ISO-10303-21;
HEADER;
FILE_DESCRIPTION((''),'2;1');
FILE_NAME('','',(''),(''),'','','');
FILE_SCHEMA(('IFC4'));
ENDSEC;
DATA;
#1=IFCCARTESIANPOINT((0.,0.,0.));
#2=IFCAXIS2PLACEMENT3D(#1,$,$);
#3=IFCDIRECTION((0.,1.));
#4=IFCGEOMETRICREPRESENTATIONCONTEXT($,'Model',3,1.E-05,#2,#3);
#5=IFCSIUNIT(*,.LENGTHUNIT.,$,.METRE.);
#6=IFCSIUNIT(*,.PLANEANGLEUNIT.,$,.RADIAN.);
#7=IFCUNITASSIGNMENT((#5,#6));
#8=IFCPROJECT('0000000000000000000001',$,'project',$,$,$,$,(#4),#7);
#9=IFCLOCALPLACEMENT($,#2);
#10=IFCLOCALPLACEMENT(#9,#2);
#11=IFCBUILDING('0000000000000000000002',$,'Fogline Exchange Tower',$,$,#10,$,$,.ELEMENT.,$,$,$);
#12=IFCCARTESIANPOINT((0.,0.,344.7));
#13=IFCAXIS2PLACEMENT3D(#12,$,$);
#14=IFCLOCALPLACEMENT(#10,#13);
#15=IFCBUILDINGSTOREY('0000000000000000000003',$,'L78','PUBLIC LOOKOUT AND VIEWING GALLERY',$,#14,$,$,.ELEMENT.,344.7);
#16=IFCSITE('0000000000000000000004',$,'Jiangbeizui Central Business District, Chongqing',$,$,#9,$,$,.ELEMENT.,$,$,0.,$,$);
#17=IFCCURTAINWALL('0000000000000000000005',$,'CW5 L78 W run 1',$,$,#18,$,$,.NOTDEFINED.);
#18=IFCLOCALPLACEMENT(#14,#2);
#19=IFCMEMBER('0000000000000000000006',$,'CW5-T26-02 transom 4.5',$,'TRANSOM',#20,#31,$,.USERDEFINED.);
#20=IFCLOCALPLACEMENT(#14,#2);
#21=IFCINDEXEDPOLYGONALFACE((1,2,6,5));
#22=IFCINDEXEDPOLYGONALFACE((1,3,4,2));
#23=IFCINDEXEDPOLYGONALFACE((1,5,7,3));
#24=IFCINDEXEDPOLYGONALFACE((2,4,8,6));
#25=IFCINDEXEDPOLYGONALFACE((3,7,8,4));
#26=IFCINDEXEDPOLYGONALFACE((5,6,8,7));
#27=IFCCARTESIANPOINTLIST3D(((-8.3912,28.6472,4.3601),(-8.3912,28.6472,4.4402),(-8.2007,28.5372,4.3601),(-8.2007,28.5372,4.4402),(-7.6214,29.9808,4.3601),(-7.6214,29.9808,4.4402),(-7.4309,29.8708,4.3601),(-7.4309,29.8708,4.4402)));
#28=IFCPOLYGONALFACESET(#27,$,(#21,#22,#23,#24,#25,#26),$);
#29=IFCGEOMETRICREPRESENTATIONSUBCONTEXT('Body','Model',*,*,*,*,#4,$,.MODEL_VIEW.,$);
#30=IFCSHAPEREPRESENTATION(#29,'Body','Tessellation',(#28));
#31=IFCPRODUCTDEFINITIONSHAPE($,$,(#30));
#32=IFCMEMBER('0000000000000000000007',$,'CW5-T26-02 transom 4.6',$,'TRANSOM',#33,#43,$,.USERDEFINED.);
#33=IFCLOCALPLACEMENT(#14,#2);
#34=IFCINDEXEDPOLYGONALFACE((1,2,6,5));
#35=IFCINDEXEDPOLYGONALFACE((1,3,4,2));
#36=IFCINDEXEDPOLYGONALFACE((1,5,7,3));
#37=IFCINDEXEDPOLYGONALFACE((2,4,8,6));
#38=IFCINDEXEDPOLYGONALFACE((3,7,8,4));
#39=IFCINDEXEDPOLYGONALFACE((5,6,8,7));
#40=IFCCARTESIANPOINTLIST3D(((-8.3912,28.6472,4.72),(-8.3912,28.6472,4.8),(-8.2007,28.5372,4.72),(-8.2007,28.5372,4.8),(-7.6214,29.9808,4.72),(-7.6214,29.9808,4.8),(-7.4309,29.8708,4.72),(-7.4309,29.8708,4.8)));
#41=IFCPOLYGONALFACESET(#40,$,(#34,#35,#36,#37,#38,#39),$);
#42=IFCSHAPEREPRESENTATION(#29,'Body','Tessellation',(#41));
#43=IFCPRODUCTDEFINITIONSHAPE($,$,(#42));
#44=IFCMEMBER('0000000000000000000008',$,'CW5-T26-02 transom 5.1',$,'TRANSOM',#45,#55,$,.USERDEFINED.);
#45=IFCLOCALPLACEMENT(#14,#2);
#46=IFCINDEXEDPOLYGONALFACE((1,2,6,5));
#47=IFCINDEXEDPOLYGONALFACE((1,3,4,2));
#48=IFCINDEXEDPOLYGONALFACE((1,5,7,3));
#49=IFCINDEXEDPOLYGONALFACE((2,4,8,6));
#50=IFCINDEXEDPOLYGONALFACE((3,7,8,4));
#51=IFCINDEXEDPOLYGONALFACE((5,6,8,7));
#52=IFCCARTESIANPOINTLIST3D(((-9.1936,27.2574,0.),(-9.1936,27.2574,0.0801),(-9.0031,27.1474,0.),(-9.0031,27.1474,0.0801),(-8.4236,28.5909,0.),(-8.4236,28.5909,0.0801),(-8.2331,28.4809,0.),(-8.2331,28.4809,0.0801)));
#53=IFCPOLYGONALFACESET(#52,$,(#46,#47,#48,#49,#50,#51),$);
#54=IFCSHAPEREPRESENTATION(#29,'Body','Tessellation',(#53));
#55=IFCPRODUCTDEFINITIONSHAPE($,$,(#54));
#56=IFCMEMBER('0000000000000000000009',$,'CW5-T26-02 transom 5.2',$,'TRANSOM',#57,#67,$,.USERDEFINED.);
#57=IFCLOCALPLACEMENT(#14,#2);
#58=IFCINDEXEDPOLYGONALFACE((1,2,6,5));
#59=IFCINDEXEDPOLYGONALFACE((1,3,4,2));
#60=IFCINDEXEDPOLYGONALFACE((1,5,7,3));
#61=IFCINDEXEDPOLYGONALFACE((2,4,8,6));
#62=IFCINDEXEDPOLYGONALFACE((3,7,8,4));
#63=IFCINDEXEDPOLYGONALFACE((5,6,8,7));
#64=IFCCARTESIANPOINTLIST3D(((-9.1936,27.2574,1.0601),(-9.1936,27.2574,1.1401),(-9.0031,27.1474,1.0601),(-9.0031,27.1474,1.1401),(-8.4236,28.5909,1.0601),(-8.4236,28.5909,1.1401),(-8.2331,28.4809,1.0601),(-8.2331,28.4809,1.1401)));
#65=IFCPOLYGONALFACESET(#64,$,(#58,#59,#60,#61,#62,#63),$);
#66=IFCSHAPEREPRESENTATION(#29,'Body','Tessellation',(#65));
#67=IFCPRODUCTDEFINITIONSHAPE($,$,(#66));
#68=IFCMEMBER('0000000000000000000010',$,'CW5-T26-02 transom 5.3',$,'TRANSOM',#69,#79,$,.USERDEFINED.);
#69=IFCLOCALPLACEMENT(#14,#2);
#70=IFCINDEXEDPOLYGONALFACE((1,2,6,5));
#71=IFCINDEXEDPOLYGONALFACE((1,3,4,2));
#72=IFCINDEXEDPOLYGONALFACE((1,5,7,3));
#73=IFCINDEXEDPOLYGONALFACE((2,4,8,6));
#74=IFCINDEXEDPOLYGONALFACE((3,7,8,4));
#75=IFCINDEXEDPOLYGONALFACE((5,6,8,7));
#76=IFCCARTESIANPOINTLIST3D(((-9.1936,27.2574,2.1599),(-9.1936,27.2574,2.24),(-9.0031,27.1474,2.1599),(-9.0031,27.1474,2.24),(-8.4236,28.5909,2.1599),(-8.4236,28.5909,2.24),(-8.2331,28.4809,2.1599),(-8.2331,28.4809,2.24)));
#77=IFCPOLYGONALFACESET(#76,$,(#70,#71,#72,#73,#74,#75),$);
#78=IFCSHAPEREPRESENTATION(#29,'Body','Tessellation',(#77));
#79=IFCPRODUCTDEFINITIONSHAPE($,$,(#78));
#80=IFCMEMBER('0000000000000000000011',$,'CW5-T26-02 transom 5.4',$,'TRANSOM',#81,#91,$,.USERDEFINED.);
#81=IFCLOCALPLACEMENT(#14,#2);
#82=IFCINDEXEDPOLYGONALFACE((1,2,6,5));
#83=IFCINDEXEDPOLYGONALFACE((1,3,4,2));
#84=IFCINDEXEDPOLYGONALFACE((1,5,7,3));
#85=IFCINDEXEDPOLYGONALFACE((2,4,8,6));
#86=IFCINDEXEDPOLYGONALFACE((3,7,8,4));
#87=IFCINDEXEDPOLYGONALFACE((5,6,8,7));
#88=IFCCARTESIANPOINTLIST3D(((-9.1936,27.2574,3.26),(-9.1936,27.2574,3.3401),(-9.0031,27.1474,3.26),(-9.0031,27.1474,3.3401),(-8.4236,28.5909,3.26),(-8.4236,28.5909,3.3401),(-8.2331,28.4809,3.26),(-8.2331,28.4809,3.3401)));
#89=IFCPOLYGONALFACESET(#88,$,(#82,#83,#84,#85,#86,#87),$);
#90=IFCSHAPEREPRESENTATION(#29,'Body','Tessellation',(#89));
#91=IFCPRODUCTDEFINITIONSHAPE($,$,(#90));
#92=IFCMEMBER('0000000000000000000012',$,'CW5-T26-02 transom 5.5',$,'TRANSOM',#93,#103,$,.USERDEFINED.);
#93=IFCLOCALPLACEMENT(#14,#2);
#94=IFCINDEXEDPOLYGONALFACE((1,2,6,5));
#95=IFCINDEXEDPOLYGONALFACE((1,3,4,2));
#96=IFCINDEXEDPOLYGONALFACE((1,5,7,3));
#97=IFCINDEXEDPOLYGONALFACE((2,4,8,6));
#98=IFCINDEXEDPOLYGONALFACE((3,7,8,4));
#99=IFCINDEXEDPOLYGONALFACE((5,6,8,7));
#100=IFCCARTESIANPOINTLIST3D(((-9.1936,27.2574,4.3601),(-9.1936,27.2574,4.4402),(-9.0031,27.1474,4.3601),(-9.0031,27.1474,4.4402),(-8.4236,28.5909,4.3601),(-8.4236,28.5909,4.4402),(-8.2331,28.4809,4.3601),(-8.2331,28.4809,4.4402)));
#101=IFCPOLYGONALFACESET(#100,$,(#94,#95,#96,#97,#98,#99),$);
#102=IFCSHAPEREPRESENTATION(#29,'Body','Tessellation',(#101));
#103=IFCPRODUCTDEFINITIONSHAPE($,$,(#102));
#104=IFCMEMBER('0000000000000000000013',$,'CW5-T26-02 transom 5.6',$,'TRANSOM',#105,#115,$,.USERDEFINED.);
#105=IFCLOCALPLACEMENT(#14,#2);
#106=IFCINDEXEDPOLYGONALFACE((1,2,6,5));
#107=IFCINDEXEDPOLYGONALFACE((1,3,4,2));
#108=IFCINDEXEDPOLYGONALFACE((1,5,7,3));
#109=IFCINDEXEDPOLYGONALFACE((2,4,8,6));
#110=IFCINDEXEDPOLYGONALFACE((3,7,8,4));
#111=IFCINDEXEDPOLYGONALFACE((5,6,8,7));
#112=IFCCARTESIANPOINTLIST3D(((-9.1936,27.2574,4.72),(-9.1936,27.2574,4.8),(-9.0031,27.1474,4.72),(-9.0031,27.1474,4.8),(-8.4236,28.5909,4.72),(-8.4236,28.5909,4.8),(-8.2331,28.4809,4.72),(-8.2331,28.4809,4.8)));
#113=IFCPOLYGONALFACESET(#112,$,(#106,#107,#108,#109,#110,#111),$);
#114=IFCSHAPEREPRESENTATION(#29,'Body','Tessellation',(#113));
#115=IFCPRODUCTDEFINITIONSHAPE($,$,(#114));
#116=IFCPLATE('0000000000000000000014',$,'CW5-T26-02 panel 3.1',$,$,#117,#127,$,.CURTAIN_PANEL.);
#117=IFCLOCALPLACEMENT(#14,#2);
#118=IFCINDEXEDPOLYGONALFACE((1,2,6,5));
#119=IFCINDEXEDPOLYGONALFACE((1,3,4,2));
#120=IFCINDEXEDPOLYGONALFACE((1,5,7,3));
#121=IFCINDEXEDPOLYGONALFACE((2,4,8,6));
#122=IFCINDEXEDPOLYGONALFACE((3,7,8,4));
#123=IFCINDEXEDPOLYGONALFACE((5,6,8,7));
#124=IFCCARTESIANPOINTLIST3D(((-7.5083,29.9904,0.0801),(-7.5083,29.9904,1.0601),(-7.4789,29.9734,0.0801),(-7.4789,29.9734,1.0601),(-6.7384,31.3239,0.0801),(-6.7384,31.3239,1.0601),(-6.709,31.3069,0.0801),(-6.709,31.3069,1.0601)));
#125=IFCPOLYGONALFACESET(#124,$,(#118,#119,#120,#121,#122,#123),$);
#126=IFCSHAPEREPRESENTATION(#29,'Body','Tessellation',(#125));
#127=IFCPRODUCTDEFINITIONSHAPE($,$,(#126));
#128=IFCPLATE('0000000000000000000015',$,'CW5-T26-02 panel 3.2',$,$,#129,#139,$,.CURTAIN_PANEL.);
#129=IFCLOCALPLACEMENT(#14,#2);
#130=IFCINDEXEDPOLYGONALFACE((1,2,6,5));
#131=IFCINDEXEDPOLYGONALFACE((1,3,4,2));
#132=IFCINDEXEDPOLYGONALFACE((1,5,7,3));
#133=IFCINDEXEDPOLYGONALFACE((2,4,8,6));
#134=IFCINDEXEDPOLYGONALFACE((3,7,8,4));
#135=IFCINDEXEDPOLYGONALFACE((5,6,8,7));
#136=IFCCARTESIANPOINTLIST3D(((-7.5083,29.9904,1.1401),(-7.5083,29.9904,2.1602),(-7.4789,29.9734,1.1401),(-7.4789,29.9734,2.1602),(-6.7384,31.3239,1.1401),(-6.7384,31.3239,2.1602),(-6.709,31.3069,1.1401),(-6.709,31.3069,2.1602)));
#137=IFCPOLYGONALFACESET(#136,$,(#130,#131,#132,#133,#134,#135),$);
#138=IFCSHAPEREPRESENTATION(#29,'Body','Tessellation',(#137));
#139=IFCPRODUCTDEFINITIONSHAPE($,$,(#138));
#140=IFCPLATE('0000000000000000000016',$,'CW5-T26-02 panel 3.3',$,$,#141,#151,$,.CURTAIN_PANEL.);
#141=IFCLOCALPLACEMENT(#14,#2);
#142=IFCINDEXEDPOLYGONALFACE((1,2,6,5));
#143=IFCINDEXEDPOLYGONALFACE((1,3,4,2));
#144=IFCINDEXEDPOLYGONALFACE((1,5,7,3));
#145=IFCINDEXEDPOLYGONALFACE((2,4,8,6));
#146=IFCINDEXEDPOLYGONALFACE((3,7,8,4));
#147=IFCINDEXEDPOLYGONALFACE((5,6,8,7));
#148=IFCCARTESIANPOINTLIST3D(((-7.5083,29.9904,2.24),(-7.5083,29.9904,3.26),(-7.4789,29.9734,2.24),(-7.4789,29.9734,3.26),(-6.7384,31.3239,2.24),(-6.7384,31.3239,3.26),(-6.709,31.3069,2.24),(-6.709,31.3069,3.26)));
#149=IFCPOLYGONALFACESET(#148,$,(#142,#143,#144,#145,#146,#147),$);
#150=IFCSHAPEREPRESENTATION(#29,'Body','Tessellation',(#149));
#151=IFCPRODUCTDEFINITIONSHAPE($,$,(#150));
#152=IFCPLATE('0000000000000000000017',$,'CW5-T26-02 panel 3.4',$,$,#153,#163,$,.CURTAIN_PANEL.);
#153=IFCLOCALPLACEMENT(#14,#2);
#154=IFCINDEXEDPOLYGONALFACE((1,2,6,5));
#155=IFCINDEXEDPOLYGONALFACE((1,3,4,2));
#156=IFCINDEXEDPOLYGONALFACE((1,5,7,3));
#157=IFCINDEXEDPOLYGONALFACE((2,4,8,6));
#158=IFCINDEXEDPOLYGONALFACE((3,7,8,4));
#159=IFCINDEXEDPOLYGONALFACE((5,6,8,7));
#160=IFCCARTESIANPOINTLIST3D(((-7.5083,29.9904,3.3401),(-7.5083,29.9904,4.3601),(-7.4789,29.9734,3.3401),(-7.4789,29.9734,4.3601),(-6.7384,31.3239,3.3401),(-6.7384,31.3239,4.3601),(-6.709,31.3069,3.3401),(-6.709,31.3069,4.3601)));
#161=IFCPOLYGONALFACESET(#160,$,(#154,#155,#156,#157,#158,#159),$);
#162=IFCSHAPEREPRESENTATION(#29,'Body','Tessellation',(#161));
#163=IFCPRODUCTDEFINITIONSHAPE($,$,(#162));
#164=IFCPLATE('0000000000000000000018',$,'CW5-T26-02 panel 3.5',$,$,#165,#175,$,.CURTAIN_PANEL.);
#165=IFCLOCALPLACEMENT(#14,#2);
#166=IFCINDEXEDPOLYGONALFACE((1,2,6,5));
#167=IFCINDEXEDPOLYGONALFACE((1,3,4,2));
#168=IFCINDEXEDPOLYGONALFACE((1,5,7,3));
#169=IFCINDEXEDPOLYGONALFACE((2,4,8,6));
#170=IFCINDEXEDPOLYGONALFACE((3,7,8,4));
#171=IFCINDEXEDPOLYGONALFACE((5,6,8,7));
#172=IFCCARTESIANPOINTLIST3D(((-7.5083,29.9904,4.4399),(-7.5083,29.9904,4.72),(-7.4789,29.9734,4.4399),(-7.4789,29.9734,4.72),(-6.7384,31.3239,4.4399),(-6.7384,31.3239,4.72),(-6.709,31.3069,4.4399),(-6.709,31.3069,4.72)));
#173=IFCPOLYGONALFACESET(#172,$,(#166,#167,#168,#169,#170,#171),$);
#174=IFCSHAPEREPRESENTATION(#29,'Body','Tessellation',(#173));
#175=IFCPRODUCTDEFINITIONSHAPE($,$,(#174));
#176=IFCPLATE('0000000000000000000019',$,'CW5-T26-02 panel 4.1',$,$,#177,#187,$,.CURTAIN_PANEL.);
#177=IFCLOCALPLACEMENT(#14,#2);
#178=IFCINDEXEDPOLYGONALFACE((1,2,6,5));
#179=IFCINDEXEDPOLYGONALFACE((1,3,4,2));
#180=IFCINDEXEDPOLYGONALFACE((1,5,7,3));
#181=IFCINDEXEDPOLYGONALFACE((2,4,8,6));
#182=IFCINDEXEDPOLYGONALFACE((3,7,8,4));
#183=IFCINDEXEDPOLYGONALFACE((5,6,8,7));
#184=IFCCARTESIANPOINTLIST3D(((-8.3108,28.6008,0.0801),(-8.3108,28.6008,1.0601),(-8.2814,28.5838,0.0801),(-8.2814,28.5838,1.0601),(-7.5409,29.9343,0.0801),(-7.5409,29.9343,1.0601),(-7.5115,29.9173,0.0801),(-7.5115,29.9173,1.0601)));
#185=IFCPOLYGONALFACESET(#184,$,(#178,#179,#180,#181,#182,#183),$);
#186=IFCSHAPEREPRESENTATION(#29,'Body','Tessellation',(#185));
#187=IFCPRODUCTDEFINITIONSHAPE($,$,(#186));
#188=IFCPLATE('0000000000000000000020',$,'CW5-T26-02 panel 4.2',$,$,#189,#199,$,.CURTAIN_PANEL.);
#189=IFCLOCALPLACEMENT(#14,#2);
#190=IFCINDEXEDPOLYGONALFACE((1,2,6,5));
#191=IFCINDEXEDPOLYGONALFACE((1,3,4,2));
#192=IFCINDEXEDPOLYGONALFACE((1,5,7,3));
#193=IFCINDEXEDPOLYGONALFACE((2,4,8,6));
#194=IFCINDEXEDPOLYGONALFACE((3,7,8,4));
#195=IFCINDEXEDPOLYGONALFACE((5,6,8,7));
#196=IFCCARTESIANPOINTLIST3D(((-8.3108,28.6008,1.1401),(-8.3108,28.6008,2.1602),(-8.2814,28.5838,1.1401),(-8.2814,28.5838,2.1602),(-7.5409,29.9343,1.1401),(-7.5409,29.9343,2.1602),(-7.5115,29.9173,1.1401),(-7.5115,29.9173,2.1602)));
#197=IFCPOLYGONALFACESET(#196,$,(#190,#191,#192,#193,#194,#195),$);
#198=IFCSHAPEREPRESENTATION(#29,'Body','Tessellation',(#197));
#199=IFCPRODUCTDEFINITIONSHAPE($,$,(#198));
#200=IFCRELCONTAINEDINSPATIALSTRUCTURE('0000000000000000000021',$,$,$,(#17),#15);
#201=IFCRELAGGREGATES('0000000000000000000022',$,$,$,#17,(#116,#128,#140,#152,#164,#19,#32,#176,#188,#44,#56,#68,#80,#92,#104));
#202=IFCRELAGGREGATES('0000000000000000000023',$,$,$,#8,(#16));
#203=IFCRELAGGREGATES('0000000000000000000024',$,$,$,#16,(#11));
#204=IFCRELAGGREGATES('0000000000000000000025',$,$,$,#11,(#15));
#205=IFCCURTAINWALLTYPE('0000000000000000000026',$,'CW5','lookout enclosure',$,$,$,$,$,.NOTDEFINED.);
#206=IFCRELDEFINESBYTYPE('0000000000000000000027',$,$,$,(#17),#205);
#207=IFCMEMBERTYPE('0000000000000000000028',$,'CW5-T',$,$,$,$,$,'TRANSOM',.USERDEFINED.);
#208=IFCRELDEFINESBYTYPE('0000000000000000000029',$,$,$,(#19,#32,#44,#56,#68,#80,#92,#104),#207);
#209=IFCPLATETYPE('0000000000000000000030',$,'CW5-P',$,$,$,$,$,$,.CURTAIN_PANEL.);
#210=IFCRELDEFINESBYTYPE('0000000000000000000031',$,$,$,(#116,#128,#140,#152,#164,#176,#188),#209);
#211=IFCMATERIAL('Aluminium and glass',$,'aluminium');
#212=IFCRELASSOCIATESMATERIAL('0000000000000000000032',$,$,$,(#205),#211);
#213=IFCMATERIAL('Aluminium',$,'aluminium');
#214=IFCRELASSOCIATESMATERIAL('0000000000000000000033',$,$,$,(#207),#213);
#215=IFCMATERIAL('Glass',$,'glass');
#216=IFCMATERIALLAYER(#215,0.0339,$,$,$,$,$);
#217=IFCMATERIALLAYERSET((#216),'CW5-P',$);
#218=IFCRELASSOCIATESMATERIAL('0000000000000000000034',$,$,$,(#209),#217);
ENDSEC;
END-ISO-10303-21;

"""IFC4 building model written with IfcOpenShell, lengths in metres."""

from ifc_helpers import new_model, si_unit, direction, frame, origin, origin_2d, place, context, subcontext, project, spatial, rectangle, extrude, material, layer, layer_set, material_profile, profile_set, type_object, element, aggregate, save


model = new_model("IFC4")

# Units and contexts
model_context = context("Model", 3, precision=1e-05, world=origin(), true_north=direction((0.0, 1.0)))
body_context = subcontext(model_context, "Body", "Model", "MODEL_VIEW")
ifc_project = project(units=[si_unit("LENGTHUNIT", "METRE"), si_unit("PLANEANGLEUNIT", "RADIAN")], contexts=[model_context])

# Site, building, storey
site_placement = place(None, origin())
site = spatial("IfcSite", under=ifc_project, at=site_placement, Name="Jiangbeizui Central Business District, Chongqing", CompositionType="ELEMENT", RefElevation=0.0)
building_placement = place(site_placement, origin())
building = spatial("IfcBuilding", under=site, at=building_placement, Name="Fogline Exchange Tower", CompositionType="ELEMENT")
storey_placement = place(building_placement, frame((0.0, 0.0, 344.7)))
storey = spatial("IfcBuildingStorey", under=building, at=storey_placement, Name="L78", Description="PUBLIC LOOKOUT AND VIEWING GALLERY", CompositionType="ELEMENT", Elevation=344.7)

# Curtain wall, members, plates
ifc_material_1 = material(Name="Aluminium and glass", Category="aluminium")
curtain_wall_type = type_object("IfcCurtainWallType", Name="CW5", Description="lookout enclosure", PredefinedType="NOTDEFINED", material=ifc_material_1)
curtain_wall_placement = place(storey_placement, origin())
curtain_wall = element("IfcCurtainWall", 1, at=curtain_wall_placement, inside=storey, type_object=curtain_wall_type, Name="CW5 L78 W run 1", PredefinedType="NOTDEFINED")
ifc_material_2 = material(Name="Aluminium", Category="aluminium")
ifc_material_profile_1 = material_profile(ifc_material_2, rectangle(XDim=0.22, YDim=0.0801, at=origin_2d()), Name="Transom 80x220")
ifc_profile_set_1 = profile_set([ifc_material_profile_1], Name="Aluminium")
member_type_1 = type_object("IfcMemberType", Name="CW5-T", ElementType="TRANSOM", PredefinedType="USERDEFINED", material=ifc_profile_set_1)
member_1_placement = place(storey_placement, frame((-7.5261, 29.9258, 4.4001), z_axis=(-0.499942, -0.866059, 0.0), x_axis=(0.866059, -0.499942, 0.0)))
member_1 = element("IfcMember", 2, at=member_1_placement, type_object=member_type_1, Name="CW5-T26-02 transom 4.5", ObjectType="TRANSOM", PredefinedType="USERDEFINED", context=body_context, shape_type="SweptSolid", body=[
    extrude(rectangle(XDim=0.22, YDim=0.0801, at=origin_2d()), origin(), (0.0, 0.0, 1.0), 1.5398),
])
member_2_placement = place(storey_placement, frame((-7.5261, 29.9258, 4.76), z_axis=(-0.499942, -0.866059, 0.0), x_axis=(0.866059, -0.499942, 0.0)))
member_2 = element("IfcMember", 3, at=member_2_placement, type_object=member_type_1, Name="CW5-T26-02 transom 4.6", ObjectType="TRANSOM", PredefinedType="USERDEFINED", context=body_context, shape_type="SweptSolid", body=[
    extrude(rectangle(XDim=0.22, YDim=0.0801, at=origin_2d()), origin(), (0.0, 0.0, 1.0), 1.5398),
])
member_3_placement = place(storey_placement, frame((-8.3284, 28.5359, 0.04), z_axis=(-0.500061, -0.86599, 0.0), x_axis=(0.86599, -0.500061, 0.0)))
member_3 = element("IfcMember", 4, at=member_3_placement, type_object=member_type_1, Name="CW5-T26-02 transom 5.1", ObjectType="TRANSOM", PredefinedType="USERDEFINED", context=body_context, shape_type="SweptSolid", body=[
    extrude(rectangle(XDim=0.22, YDim=0.0801, at=origin_2d()), origin(), (0.0, 0.0, 1.0), 1.5398),
])
member_4_placement = place(storey_placement, frame((-8.3284, 28.5359, 1.1001), z_axis=(-0.500061, -0.86599, 0.0), x_axis=(0.86599, -0.500061, 0.0)))
member_4 = element("IfcMember", 5, at=member_4_placement, type_object=member_type_1, Name="CW5-T26-02 transom 5.2", ObjectType="TRANSOM", PredefinedType="USERDEFINED", context=body_context, shape_type="SweptSolid", body=[
    extrude(rectangle(XDim=0.22, YDim=0.0801, at=origin_2d()), origin(), (0.0, 0.0, 1.0), 1.5398),
])
member_5_placement = place(storey_placement, frame((-8.3284, 28.5359, 2.2), z_axis=(-0.500061, -0.86599, 0.0), x_axis=(0.86599, -0.500061, 0.0)))
member_5 = element("IfcMember", 6, at=member_5_placement, type_object=member_type_1, Name="CW5-T26-02 transom 5.3", ObjectType="TRANSOM", PredefinedType="USERDEFINED", context=body_context, shape_type="SweptSolid", body=[
    extrude(rectangle(XDim=0.22, YDim=0.0801, at=origin_2d()), origin(), (0.0, 0.0, 1.0), 1.5398),
])
member_6_placement = place(storey_placement, frame((-8.3284, 28.5359, 3.3), z_axis=(-0.500061, -0.86599, 0.0), x_axis=(0.86599, -0.500061, 0.0)))
member_6 = element("IfcMember", 7, at=member_6_placement, type_object=member_type_1, Name="CW5-T26-02 transom 5.4", ObjectType="TRANSOM", PredefinedType="USERDEFINED", context=body_context, shape_type="SweptSolid", body=[
    extrude(rectangle(XDim=0.22, YDim=0.0801, at=origin_2d()), origin(), (0.0, 0.0, 1.0), 1.5398),
])
member_7_placement = place(storey_placement, frame((-8.3284, 28.5359, 4.4001), z_axis=(-0.500061, -0.86599, 0.0), x_axis=(0.86599, -0.500061, 0.0)))
member_7 = element("IfcMember", 8, at=member_7_placement, type_object=member_type_1, Name="CW5-T26-02 transom 5.5", ObjectType="TRANSOM", PredefinedType="USERDEFINED", context=body_context, shape_type="SweptSolid", body=[
    extrude(rectangle(XDim=0.22, YDim=0.0801, at=origin_2d()), origin(), (0.0, 0.0, 1.0), 1.5398),
])
member_8_placement = place(storey_placement, frame((-8.3284, 28.5359, 4.76), z_axis=(-0.500061, -0.86599, 0.0), x_axis=(0.86599, -0.500061, 0.0)))
member_8 = element("IfcMember", 9, at=member_8_placement, type_object=member_type_1, Name="CW5-T26-02 transom 5.6", ObjectType="TRANSOM", PredefinedType="USERDEFINED", context=body_context, shape_type="SweptSolid", body=[
    extrude(rectangle(XDim=0.22, YDim=0.0801, at=origin_2d()), origin(), (0.0, 0.0, 1.0), 1.5398),
])
ifc_material_3 = material(Name="Glass", Category="glass")
ifc_layer_1 = layer(ifc_material_3, 0.0339)
ifc_layer_set_1 = layer_set([ifc_layer_1], Name="CW5-P")
plate_type = type_object("IfcPlateType", Name="CW5-P", PredefinedType="CURTAIN_PANEL", material=ifc_layer_set_1)
plate_1_placement = place(storey_placement, frame((-7.1086, 30.6487, 0.0801), z_axis=(0.0, 0.0, 1.0), x_axis=(-0.5, -0.866025, 0.0)))
plate_1 = element("IfcPlate", 10, at=plate_1_placement, type_object=plate_type, Name="CW5-T26-02 panel 3.1", PredefinedType="CURTAIN_PANEL", context=body_context, shape_type="SweptSolid", body=[
    extrude(rectangle(XDim=1.5398, YDim=0.0339, at=origin_2d()), origin(), (0.0, 0.0, 1.0), 0.98),
])
plate_2_placement = place(storey_placement, frame((-7.1086, 30.6487, 1.1401), z_axis=(0.0, 0.0, 1.0), x_axis=(-0.5, -0.866025, 0.0)))
plate_2 = element("IfcPlate", 11, at=plate_2_placement, type_object=plate_type, Name="CW5-T26-02 panel 3.2", PredefinedType="CURTAIN_PANEL", context=body_context, shape_type="SweptSolid", body=[
    extrude(rectangle(XDim=1.5398, YDim=0.0339, at=origin_2d()), origin(), (0.0, 0.0, 1.0), 1.02),
])
plate_3_placement = place(storey_placement, frame((-7.1086, 30.6487, 2.24), z_axis=(0.0, 0.0, 1.0), x_axis=(-0.5, -0.866025, 0.0)))
plate_3 = element("IfcPlate", 12, at=plate_3_placement, type_object=plate_type, Name="CW5-T26-02 panel 3.3", PredefinedType="CURTAIN_PANEL", context=body_context, shape_type="SweptSolid", body=[
    extrude(rectangle(XDim=1.5398, YDim=0.0339, at=origin_2d()), origin(), (0.0, 0.0, 1.0), 1.02),
])
plate_4_placement = place(storey_placement, frame((-7.1086, 30.6487, 3.3401), z_axis=(0.0, 0.0, 1.0), x_axis=(-0.5, -0.866025, 0.0)))
plate_4 = element("IfcPlate", 13, at=plate_4_placement, type_object=plate_type, Name="CW5-T26-02 panel 3.4", PredefinedType="CURTAIN_PANEL", context=body_context, shape_type="SweptSolid", body=[
    extrude(rectangle(XDim=1.5398, YDim=0.0339, at=origin_2d()), origin(), (0.0, 0.0, 1.0), 1.02),
])
plate_5_placement = place(storey_placement, frame((-7.1086, 30.6487, 4.4399), z_axis=(0.0, 0.0, 1.0), x_axis=(-0.5, -0.866025, 0.0)))
plate_5 = element("IfcPlate", 14, at=plate_5_placement, type_object=plate_type, Name="CW5-T26-02 panel 3.5", PredefinedType="CURTAIN_PANEL", context=body_context, shape_type="SweptSolid", body=[
    extrude(rectangle(XDim=1.5398, YDim=0.0339, at=origin_2d()), origin(), (0.0, 0.0, 1.0), 0.28),
])
plate_6_placement = place(storey_placement, frame((-7.9111, 29.259, 0.0801), z_axis=(0.0, 0.0, 1.0), x_axis=(-0.5, -0.866025, 0.0)))
plate_6 = element("IfcPlate", 15, at=plate_6_placement, type_object=plate_type, Name="CW5-T26-02 panel 4.1", PredefinedType="CURTAIN_PANEL", context=body_context, shape_type="SweptSolid", body=[
    extrude(rectangle(XDim=1.5398, YDim=0.0339, at=origin_2d()), origin(), (0.0, 0.0, 1.0), 0.98),
])
plate_7_placement = place(storey_placement, frame((-7.9111, 29.259, 1.1401), z_axis=(0.0, 0.0, 1.0), x_axis=(-0.5, -0.866025, 0.0)))
plate_7 = element("IfcPlate", 16, at=plate_7_placement, type_object=plate_type, Name="CW5-T26-02 panel 4.2", PredefinedType="CURTAIN_PANEL", context=body_context, shape_type="SweptSolid", body=[
    extrude(rectangle(XDim=1.5398, YDim=0.0339, at=origin_2d()), origin(), (0.0, 0.0, 1.0), 1.02),
])
aggregate(curtain_wall, [plate_1, plate_2, plate_3, plate_4, plate_5, member_1, member_2, plate_6, plate_7, member_3, member_4, member_5, member_6, member_7, member_8])

save(model, "model.ifc")
